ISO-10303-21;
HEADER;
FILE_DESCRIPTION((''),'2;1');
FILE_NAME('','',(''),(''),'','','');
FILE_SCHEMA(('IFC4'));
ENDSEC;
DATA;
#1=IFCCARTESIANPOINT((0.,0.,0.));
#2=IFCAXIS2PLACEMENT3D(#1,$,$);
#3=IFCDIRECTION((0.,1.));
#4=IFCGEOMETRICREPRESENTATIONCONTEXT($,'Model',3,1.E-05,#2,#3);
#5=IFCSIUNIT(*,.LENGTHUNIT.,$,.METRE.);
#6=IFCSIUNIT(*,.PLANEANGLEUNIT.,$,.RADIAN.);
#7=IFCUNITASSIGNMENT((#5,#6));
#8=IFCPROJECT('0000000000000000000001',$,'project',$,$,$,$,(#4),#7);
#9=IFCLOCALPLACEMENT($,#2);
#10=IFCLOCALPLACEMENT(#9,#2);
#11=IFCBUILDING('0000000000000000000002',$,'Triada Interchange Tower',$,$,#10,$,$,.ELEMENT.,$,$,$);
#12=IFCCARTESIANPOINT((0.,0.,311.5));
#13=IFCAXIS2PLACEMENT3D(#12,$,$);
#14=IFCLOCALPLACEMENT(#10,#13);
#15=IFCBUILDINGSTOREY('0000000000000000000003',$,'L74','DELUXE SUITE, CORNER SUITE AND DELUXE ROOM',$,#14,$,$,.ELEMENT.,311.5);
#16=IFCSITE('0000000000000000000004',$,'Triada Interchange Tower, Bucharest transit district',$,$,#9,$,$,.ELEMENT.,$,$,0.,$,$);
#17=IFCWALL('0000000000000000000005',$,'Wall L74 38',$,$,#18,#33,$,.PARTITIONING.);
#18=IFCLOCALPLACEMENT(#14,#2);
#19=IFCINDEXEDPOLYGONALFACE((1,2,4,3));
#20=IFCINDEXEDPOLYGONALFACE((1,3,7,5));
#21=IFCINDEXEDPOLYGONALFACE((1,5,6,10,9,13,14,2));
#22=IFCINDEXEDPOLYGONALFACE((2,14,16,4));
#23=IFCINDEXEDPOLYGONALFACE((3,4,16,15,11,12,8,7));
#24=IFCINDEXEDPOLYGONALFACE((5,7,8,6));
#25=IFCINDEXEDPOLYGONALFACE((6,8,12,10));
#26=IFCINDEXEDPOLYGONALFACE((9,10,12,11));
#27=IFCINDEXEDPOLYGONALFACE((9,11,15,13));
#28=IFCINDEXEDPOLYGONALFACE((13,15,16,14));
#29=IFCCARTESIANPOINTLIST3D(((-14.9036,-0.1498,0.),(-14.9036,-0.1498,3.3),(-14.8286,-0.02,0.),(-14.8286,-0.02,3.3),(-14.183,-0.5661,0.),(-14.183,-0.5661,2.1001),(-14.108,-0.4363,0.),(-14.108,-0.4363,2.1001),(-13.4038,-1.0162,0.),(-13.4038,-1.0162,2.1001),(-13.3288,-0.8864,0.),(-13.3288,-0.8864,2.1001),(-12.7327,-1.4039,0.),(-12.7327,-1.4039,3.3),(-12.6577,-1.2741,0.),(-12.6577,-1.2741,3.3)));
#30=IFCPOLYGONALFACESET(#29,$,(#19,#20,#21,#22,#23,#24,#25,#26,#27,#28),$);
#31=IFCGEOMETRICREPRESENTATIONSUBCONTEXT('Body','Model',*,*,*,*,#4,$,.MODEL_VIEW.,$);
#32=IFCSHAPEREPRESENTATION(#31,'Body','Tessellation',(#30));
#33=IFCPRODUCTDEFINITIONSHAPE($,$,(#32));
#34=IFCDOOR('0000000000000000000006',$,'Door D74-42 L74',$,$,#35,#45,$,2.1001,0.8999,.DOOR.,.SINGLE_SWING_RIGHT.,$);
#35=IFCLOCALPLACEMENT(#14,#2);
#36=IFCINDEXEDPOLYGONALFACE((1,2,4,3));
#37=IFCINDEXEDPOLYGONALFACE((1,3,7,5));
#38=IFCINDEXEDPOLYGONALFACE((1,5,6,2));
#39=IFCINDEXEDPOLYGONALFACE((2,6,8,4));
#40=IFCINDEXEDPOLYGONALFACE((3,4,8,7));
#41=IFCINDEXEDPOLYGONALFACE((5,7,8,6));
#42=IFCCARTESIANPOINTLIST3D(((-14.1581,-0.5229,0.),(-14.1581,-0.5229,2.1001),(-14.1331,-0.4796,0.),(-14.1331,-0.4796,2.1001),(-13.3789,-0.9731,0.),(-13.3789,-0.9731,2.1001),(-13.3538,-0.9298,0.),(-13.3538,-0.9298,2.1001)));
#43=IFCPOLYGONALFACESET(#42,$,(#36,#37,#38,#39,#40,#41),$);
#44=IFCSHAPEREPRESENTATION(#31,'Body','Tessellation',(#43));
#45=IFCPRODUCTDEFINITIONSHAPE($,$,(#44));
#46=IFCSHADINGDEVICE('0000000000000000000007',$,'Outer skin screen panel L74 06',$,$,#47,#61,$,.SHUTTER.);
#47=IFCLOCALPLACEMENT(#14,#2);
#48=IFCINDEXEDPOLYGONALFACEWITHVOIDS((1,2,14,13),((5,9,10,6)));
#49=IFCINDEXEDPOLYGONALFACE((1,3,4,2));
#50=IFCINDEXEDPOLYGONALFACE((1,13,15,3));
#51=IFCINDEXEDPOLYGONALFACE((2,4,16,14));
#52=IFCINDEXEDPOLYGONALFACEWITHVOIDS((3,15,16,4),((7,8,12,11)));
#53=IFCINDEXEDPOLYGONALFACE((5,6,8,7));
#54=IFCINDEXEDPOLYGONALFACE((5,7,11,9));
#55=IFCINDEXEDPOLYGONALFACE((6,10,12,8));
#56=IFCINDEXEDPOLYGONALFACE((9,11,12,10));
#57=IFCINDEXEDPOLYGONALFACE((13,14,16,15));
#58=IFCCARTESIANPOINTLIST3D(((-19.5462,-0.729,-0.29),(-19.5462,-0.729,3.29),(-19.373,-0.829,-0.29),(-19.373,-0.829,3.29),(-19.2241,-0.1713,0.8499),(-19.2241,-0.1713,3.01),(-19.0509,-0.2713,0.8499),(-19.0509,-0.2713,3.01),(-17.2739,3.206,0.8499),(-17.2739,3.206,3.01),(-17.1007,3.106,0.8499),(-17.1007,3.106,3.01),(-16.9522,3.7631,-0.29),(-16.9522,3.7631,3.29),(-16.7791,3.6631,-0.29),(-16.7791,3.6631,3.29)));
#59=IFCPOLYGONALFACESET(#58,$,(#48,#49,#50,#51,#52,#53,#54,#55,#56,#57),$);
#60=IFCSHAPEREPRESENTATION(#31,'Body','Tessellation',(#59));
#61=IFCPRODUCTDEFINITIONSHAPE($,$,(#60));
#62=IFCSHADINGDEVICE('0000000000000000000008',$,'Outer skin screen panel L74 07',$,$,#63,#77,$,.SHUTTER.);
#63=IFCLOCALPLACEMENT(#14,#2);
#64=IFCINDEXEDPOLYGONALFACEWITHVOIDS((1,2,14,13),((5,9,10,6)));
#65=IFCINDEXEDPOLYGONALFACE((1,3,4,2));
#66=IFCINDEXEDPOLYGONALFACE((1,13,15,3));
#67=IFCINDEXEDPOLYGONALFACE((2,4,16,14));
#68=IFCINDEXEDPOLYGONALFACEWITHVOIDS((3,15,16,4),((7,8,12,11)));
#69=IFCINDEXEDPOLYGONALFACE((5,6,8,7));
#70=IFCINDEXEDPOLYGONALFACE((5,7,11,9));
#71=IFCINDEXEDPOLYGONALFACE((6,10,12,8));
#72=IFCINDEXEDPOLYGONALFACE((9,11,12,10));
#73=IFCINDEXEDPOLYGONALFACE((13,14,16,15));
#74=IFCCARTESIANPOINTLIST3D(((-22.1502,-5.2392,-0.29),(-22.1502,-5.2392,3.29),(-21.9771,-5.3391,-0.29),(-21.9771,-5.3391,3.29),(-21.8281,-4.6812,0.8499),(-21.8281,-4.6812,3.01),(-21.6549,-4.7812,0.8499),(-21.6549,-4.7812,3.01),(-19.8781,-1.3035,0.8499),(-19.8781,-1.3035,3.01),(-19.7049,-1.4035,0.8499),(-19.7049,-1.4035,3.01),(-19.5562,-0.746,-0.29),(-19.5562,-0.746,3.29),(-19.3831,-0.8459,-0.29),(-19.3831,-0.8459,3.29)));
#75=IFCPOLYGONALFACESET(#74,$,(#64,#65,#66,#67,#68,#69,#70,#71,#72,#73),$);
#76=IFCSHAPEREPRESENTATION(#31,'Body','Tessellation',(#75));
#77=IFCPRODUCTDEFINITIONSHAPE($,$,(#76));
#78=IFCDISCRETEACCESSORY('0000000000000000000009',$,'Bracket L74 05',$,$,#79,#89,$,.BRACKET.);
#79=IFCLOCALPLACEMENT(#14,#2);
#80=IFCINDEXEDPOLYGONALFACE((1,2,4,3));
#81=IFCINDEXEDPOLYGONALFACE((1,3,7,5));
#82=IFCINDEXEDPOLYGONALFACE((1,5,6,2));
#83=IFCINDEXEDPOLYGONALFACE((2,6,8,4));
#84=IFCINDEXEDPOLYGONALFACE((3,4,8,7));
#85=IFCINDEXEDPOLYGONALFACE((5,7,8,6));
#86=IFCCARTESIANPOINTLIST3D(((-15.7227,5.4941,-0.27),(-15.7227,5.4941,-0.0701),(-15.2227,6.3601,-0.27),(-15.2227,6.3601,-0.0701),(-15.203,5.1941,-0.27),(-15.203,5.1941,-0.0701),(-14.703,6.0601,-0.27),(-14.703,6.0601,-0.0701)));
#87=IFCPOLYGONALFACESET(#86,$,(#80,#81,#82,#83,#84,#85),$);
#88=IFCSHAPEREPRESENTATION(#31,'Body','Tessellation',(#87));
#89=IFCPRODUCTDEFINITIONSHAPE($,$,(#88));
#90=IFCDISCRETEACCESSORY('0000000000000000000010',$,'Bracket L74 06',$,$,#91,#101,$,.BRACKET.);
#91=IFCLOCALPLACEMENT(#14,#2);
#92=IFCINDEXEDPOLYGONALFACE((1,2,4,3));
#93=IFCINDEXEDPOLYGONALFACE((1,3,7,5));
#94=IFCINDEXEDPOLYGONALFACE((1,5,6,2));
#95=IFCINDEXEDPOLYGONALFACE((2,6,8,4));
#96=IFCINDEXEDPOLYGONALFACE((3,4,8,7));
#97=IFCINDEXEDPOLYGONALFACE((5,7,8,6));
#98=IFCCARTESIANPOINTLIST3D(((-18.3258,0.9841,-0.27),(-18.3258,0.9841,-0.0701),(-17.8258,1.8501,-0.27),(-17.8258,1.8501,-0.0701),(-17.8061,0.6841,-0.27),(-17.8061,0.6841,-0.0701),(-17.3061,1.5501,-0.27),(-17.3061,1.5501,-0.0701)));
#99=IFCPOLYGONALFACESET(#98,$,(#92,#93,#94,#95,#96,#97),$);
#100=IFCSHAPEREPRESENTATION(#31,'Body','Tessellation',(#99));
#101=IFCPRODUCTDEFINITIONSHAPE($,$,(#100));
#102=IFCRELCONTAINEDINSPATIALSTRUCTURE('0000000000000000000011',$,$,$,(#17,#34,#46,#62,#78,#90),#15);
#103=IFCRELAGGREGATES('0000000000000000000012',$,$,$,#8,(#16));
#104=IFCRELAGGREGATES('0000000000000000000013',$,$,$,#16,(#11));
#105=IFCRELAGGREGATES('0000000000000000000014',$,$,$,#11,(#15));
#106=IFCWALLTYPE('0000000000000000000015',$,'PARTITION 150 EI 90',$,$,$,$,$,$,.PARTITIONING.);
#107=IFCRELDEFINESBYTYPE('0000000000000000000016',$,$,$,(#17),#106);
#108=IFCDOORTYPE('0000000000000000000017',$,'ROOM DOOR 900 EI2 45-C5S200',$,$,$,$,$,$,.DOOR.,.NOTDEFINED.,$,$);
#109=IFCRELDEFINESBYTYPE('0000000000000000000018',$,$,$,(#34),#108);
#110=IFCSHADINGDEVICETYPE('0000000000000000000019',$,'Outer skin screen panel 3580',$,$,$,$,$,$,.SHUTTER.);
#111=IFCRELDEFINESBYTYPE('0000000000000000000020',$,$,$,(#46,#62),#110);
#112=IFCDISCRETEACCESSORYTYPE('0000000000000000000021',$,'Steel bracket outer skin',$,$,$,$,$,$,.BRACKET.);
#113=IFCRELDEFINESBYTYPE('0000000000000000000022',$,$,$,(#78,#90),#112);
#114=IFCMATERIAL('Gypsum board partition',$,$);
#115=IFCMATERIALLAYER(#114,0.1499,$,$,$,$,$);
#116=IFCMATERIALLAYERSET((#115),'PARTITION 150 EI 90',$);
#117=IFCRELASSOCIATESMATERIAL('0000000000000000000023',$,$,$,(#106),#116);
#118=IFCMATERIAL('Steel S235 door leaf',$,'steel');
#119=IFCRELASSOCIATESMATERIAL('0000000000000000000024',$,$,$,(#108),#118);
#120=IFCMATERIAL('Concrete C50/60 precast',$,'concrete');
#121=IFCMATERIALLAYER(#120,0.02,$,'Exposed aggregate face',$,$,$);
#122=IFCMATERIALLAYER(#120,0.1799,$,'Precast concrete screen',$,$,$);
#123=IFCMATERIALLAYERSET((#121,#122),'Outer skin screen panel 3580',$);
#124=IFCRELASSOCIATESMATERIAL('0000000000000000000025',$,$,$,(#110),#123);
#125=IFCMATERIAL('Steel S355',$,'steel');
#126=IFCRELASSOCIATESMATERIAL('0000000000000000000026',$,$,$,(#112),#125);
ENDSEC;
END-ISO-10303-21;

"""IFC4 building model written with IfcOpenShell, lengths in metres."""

from ifc_helpers import new_model, si_unit, direction, frame, frame_2d, origin, origin_2d, place, context, subcontext, project, spatial, polyline, rectangle, outline, extrude, material, layer, layer_set, type_object, element, fill, save


model = new_model("IFC4")

# Units and contexts
model_context = context("Model", 3, precision=1e-05, world=origin(), true_north=direction((0.0, 1.0)))
body_context = subcontext(model_context, "Body", "Model", "MODEL_VIEW")
ifc_project = project(units=[si_unit("LENGTHUNIT", "METRE"), si_unit("PLANEANGLEUNIT", "RADIAN")], contexts=[model_context])

# Site, building, storey
site_placement = place(None, origin())
site = spatial("IfcSite", under=ifc_project, at=site_placement, Name="Triada Interchange Tower, Bucharest transit district", CompositionType="ELEMENT", RefElevation=0.0)
building_placement = place(site_placement, origin())
building = spatial("IfcBuilding", under=site, at=building_placement, Name="Triada Interchange Tower", CompositionType="ELEMENT")
storey_placement = place(building_placement, frame((0.0, 0.0, 311.5)))
storey = spatial("IfcBuildingStorey", under=building, at=storey_placement, Name="L74", Description="DELUXE SUITE, CORNER SUITE AND DELUXE ROOM", CompositionType="ELEMENT", Elevation=311.5)

# Shared definitions
ifc_material_1 = material(Name="Gypsum board partition")
ifc_layer_1 = layer(ifc_material_1, 0.1499)
ifc_layer_set_1 = layer_set([ifc_layer_1], Name="PARTITION 150 EI 90")
wall_type_1 = type_object("IfcWallType", Name="PARTITION 150 EI 90", PredefinedType="PARTITIONING", material=ifc_layer_set_1)

# Wall, opening, door
wall_1_placement = place(storey_placement, frame((-14.866, -0.085, 0.0), z_axis=(0.0, 0.0, 1.0), x_axis=(0.86589, -0.500234, 0.0)))
wall_1 = element("IfcWall", 1, at=wall_1_placement, inside=storey, type_object=wall_type_1, Name="Wall L74 38", PredefinedType="PARTITIONING", context=body_context, shape_type="SweptSolid", body=[
    extrude(rectangle(XDim=2.5071, YDim=0.1499, at=frame_2d((1.2534, 0.0))), origin(), (0.0, 0.0, 1.0), 3.3),
])
opening_placement = place(wall_1_placement, frame((0.832, 0.0, 0.0)))
opening = element("IfcOpeningElement", 2, at=opening_placement, cuts=wall_1, PredefinedType="OPENING", context=body_context, shape_type="SweptSolid", body=[
    extrude(rectangle(XDim=0.8999, YDim=2.1001, at=frame_2d((0.45, 1.05))), frame((0.0, 0.085, 0.0), z_axis=(0.0, -1.0, 0.0), x_axis=(1.0, 0.0, 0.0)), (0.0, 0.0, 1.0), 0.1699),
])
ifc_material_2 = material(Name="Steel S235 door leaf", Category="steel")
door_type = type_object("IfcDoorType", Name="ROOM DOOR 900 EI2 45-C5S200", OperationType="NOTDEFINED", PredefinedType="DOOR", material=ifc_material_2)
door_placement = place(opening_placement, origin())
door = element("IfcDoor", 3, at=door_placement, inside=storey, type_object=door_type, Name="Door D74-42 L74", OperationType="SINGLE_SWING_RIGHT", OverallHeight=2.1001, OverallWidth=0.8999, PredefinedType="DOOR", context=body_context, shape_type="SweptSolid", body=[
    extrude(rectangle(XDim=0.8999, YDim=2.1001, at=frame_2d((0.45, 1.05))), frame((0.0, 0.0249, 0.0), z_axis=(0.0, -1.0, 0.0), x_axis=(1.0, 0.0, 0.0)), (0.0, 0.0, 1.0), 0.05),
])
fill(opening, door)

# Shading devices
ifc_material_3 = material(Name="Concrete C50/60 precast", Category="concrete")
ifc_layer_2 = layer(ifc_material_3, 0.02, Name="Exposed aggregate face")
ifc_layer_3 = layer(ifc_material_3, 0.1799, Name="Precast concrete screen")
ifc_layer_set_2 = layer_set([ifc_layer_2, ifc_layer_3], Name="Outer skin screen panel 3580")
shading_device_type = type_object("IfcShadingDeviceType", Name="Outer skin screen panel 3580", PredefinedType="SHUTTER", material=ifc_layer_set_2)
shading_device_1_placement = place(storey_placement, frame((-16.7791, 3.6631, -0.29), z_axis=(0.0, 0.0, 1.0), x_axis=(-0.500062, -0.86599, 0.0)))
element("IfcShadingDevice", 4, at=shading_device_1_placement, inside=storey, type_object=shading_device_type, Name="Outer skin screen panel L74 06", PredefinedType="SHUTTER", context=body_context, shape_type="SweptSolid", body=[
    extrude(outline(polyline([(0.0, 0.0), (5.1873, 0.0), (5.1873, 3.5801), (0.0, 3.5801), (0.0, 0.0)]), holes=[polyline([(0.6433, 1.1399), (0.6433, 3.3), (4.5432, 3.3), (4.5432, 1.1399), (0.6433, 1.1399)])]), frame((0.0, 0.0, 0.0), z_axis=(0.0, -1.0, 0.0), x_axis=(1.0, 0.0, 0.0)), (0.0, 0.0, 1.0), 0.2),
])
shading_device_2_placement = place(storey_placement, frame((-19.3831, -0.8459, -0.29), z_axis=(0.0, 0.0, 1.0), x_axis=(-0.49998, -0.866037, 0.0)))
element("IfcShadingDevice", 5, at=shading_device_2_placement, inside=storey, type_object=shading_device_type, Name="Outer skin screen panel L74 07", PredefinedType="SHUTTER", context=body_context, shape_type="SweptSolid", body=[
    extrude(outline(polyline([(0.0, 0.0), (5.1882, 0.0), (5.1882, 3.5801), (0.0, 3.5801), (0.0, 0.0)]), holes=[polyline([(0.6438, 1.1399), (0.6438, 3.3), (4.5439, 3.3), (4.5439, 1.1399), (0.6438, 1.1399)])]), frame((0.0, 0.0, 0.0), z_axis=(0.0, -1.0, 0.0), x_axis=(1.0, 0.0, 0.0)), (0.0, 0.0, 1.0), 0.2),
])

# Discrete accessories
ifc_material_4 = material(Name="Steel S355", Category="steel")
discrete_accessory_type = type_object("IfcDiscreteAccessoryType", Name="Steel bracket outer skin", PredefinedType="BRACKET", material=ifc_material_4)
for number, where, z_axis, x_axis, name in (
    (6, (-15.2129, 5.7771, -0.27), (0.0, 0.0, 1.0), (-0.866025, 0.500001, 0.0), "Bracket L74 05"),
    (7, (-17.8159, 1.2671, -0.27), (0.0, 0.0, 1.0), (-0.866025, 0.500001, 0.0), "Bracket L74 06"),
):
    element("IfcDiscreteAccessory", number, at=place(storey_placement, frame(where, z_axis=z_axis, x_axis=x_axis)), inside=storey, type_object=discrete_accessory_type, Name=name, PredefinedType="BRACKET", context=body_context, shape_type="SweptSolid", body=[
        extrude(rectangle(XDim=0.6001, YDim=1.0, at=origin_2d()), origin(), (0.0, 0.0, 1.0), 0.2),
    ])

save(model, "model.ifc")
